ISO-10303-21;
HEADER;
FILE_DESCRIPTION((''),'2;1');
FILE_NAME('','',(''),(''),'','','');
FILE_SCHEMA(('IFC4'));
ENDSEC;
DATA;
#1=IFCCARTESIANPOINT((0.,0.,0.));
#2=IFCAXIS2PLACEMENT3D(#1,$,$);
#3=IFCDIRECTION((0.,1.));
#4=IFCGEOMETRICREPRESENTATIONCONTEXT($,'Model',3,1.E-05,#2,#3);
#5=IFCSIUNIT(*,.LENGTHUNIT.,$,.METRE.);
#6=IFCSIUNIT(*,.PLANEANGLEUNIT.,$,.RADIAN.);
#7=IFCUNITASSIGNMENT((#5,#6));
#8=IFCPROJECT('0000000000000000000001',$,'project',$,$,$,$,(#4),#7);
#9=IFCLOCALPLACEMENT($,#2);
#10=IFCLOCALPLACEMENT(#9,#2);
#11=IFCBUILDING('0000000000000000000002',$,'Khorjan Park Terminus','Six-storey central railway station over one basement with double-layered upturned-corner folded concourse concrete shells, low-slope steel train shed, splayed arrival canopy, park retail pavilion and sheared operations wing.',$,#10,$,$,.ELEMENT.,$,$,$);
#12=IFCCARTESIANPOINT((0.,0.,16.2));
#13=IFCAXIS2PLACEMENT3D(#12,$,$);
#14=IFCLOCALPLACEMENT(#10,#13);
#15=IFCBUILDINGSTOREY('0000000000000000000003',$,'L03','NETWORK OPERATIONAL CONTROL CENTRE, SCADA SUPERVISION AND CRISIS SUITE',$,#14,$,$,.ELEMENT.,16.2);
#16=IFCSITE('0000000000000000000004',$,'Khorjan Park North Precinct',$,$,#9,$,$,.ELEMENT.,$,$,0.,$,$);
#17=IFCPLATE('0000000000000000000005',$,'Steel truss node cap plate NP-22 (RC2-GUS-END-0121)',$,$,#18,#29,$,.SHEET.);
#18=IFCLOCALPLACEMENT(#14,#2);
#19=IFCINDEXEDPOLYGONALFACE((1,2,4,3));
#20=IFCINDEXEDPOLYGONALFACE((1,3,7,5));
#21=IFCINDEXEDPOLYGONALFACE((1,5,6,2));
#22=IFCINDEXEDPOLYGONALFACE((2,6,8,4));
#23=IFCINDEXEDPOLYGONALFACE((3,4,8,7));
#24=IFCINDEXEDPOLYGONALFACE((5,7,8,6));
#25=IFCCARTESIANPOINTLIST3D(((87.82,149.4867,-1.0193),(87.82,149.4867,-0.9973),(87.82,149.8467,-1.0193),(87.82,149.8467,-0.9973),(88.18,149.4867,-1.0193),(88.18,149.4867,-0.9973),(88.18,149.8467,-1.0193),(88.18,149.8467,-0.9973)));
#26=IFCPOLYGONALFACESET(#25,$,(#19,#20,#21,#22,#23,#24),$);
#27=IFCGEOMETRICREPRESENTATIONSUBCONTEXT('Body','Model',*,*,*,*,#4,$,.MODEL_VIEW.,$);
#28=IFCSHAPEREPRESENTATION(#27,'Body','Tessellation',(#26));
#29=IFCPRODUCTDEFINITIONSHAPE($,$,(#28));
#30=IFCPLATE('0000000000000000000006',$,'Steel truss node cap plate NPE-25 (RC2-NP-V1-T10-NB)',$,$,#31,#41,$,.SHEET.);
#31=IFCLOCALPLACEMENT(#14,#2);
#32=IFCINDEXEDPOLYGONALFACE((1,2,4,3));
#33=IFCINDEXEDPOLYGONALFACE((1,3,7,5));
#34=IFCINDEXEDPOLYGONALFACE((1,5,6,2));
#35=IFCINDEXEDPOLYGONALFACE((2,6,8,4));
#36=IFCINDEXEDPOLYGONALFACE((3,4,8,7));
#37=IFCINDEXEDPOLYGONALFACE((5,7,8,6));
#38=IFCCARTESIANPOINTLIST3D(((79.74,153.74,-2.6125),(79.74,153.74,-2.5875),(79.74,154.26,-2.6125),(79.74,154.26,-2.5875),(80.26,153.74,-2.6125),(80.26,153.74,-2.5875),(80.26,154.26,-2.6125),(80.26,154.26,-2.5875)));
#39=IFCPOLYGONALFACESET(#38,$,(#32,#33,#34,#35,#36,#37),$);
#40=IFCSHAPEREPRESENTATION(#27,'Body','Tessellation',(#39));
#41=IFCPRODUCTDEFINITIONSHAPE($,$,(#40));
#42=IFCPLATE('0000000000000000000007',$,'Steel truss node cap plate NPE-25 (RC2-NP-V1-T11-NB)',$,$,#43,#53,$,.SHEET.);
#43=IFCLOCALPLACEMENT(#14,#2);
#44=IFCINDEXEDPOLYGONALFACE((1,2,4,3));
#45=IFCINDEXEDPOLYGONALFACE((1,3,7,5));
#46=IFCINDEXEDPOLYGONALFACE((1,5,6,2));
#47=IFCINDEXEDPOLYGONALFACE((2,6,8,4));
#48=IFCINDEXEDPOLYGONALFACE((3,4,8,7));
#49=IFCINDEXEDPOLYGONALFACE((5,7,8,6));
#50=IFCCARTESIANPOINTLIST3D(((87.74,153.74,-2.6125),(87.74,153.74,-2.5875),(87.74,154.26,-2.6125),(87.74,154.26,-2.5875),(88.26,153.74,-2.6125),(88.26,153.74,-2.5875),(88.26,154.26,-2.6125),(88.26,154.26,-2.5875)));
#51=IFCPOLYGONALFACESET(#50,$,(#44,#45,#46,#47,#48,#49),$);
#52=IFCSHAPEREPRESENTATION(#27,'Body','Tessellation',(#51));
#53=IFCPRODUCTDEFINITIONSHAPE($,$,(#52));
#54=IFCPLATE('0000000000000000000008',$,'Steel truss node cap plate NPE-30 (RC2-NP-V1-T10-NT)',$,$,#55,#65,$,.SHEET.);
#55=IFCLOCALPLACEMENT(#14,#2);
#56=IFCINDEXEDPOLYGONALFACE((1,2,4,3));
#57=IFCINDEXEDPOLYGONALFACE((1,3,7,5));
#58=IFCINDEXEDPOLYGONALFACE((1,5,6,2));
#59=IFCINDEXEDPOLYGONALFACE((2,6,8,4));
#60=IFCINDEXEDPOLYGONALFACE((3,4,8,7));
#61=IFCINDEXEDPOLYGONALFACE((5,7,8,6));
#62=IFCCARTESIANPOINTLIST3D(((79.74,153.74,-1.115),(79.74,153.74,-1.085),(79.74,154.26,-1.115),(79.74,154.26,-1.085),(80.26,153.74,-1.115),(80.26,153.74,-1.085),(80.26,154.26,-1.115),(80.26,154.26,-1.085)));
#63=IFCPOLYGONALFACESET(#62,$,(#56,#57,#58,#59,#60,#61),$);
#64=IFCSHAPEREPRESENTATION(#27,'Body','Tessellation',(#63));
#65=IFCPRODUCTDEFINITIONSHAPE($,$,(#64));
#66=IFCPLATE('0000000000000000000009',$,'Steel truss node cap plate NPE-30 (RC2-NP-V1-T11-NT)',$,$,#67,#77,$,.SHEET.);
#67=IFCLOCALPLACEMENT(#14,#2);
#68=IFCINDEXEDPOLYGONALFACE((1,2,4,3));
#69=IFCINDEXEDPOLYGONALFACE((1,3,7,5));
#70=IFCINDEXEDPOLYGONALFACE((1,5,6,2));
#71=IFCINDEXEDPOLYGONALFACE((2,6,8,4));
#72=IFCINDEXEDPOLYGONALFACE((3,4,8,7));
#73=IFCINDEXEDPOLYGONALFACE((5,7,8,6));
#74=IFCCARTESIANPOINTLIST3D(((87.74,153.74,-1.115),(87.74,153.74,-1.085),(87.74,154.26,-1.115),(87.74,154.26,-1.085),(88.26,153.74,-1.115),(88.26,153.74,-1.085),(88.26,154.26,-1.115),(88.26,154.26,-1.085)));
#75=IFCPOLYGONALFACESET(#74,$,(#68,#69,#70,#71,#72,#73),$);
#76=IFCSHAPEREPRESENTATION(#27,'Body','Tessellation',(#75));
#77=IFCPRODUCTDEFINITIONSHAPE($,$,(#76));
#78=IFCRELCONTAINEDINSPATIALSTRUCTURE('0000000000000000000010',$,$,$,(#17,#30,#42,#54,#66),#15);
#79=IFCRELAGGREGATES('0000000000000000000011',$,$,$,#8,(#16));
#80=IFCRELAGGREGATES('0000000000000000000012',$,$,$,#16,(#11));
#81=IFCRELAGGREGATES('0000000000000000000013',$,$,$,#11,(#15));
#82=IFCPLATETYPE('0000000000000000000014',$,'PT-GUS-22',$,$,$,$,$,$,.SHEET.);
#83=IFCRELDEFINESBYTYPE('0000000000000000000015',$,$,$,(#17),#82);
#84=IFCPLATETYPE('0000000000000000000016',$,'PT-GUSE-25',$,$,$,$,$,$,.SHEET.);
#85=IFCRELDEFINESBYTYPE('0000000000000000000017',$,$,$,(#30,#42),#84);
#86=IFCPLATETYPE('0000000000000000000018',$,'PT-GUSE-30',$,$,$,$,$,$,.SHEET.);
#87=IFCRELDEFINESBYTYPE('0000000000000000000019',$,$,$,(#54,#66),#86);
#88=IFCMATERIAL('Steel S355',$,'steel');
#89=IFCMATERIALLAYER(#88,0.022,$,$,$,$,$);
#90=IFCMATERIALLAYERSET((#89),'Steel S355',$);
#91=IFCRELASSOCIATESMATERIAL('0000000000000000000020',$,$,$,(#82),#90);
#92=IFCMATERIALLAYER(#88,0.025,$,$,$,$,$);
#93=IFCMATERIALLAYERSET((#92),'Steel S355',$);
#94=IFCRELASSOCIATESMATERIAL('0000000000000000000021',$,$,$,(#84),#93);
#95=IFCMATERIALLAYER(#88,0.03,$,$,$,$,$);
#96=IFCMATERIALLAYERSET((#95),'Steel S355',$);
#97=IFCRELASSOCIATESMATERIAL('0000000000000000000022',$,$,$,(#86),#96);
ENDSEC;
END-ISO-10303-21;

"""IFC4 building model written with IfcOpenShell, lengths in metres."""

from ifc_helpers import new_model, si_unit, direction, frame, origin, origin_2d, place, context, subcontext, project, spatial, rectangle, extrude, material, layer, layer_set, type_object, element, save


model = new_model("IFC4")

# Units and contexts
model_context = context("Model", 3, precision=1e-05, world=origin(), true_north=direction((0.0, 1.0)))
body_context = subcontext(model_context, "Body", "Model", "MODEL_VIEW")
ifc_project = project(units=[si_unit("LENGTHUNIT", "METRE"), si_unit("PLANEANGLEUNIT", "RADIAN")], contexts=[model_context])

# Site, building, storey
site_placement = place(None, origin())
site = spatial("IfcSite", under=ifc_project, at=site_placement, Name="Khorjan Park North Precinct", CompositionType="ELEMENT", RefElevation=0.0)
building_placement = place(site_placement, origin())
building = spatial("IfcBuilding", under=site, at=building_placement, Name="Khorjan Park Terminus", Description="Six-storey central railway station over one basement with double-layered upturned-corner folded concourse concrete shells, low-slope steel train shed, splayed arrival canopy, park retail pavilion and sheared operations wing.", CompositionType="ELEMENT")
storey_placement = place(building_placement, frame((0.0, 0.0, 16.2)))
storey = spatial("IfcBuildingStorey", under=building, at=storey_placement, Name="L03", Description="NETWORK OPERATIONAL CONTROL CENTRE, SCADA SUPERVISION AND CRISIS SUITE", CompositionType="ELEMENT", Elevation=16.2)

# Shared definitions
ifc_material = material(Name="Steel S355", Category="steel")

# Plates
ifc_layer_1 = layer(ifc_material, 0.022)
ifc_layer_set_1 = layer_set([ifc_layer_1], Name="Steel S355")
plate_type_1 = type_object("IfcPlateType", Name="PT-GUS-22", PredefinedType="SHEET", material=ifc_layer_set_1)
for number, where, z_axis, x_axis, name in (
    (1, (88.0, 149.6667, -1.0193), (0.0, 0.0, 1.0), (1.0, 0.0, 0.0), "Steel truss node cap plate NP-22 (RC2-GUS-END-0121)"),
):
    element("IfcPlate", number, at=place(storey_placement, frame(where, z_axis=z_axis, x_axis=x_axis)), inside=storey, type_object=plate_type_1, Name=name, PredefinedType="SHEET", context=body_context, shape_type="SweptSolid", body=[
        extrude(rectangle(XDim=0.36, YDim=0.36, at=origin_2d()), origin(), (0.0, 0.0, 1.0), 0.022),
    ])
ifc_layer_2 = layer(ifc_material, 0.025)
ifc_layer_set_2 = layer_set([ifc_layer_2], Name="Steel S355")
plate_type_2 = type_object("IfcPlateType", Name="PT-GUSE-25", PredefinedType="SHEET", material=ifc_layer_set_2)
for number, where, z_axis, x_axis, name in (
    (2, (80.0, 154.0, -2.6125), (0.0, 0.0, 1.0), (1.0, 0.0, 0.0), "Steel truss node cap plate NPE-25 (RC2-NP-V1-T10-NB)"),
    (3, (88.0, 154.0, -2.6125), (0.0, 0.0, 1.0), (1.0, 0.0, 0.0), "Steel truss node cap plate NPE-25 (RC2-NP-V1-T11-NB)"),
):
    element("IfcPlate", number, at=place(storey_placement, frame(where, z_axis=z_axis, x_axis=x_axis)), inside=storey, type_object=plate_type_2, Name=name, PredefinedType="SHEET", context=body_context, shape_type="SweptSolid", body=[
        extrude(rectangle(XDim=0.52, YDim=0.52, at=origin_2d()), origin(), (0.0, 0.0, 1.0), 0.025),
    ])
ifc_layer_3 = layer(ifc_material, 0.03)
ifc_layer_set_3 = layer_set([ifc_layer_3], Name="Steel S355")
plate_type_3 = type_object("IfcPlateType", Name="PT-GUSE-30", PredefinedType="SHEET", material=ifc_layer_set_3)
for number, where, z_axis, x_axis, name in (
    (4, (80.0, 154.0, -1.115), (0.0, 0.0, 1.0), (1.0, 0.0, 0.0), "Steel truss node cap plate NPE-30 (RC2-NP-V1-T10-NT)"),
    (5, (88.0, 154.0, -1.115), (0.0, 0.0, 1.0), (1.0, 0.0, 0.0), "Steel truss node cap plate NPE-30 (RC2-NP-V1-T11-NT)"),
):
    element("IfcPlate", number, at=place(storey_placement, frame(where, z_axis=z_axis, x_axis=x_axis)), inside=storey, type_object=plate_type_3, Name=name, PredefinedType="SHEET", context=body_context, shape_type="SweptSolid", body=[
        extrude(rectangle(XDim=0.52, YDim=0.52, at=origin_2d()), origin(), (0.0, 0.0, 1.0), 0.03),
    ])

save(model, "model.ifc")
